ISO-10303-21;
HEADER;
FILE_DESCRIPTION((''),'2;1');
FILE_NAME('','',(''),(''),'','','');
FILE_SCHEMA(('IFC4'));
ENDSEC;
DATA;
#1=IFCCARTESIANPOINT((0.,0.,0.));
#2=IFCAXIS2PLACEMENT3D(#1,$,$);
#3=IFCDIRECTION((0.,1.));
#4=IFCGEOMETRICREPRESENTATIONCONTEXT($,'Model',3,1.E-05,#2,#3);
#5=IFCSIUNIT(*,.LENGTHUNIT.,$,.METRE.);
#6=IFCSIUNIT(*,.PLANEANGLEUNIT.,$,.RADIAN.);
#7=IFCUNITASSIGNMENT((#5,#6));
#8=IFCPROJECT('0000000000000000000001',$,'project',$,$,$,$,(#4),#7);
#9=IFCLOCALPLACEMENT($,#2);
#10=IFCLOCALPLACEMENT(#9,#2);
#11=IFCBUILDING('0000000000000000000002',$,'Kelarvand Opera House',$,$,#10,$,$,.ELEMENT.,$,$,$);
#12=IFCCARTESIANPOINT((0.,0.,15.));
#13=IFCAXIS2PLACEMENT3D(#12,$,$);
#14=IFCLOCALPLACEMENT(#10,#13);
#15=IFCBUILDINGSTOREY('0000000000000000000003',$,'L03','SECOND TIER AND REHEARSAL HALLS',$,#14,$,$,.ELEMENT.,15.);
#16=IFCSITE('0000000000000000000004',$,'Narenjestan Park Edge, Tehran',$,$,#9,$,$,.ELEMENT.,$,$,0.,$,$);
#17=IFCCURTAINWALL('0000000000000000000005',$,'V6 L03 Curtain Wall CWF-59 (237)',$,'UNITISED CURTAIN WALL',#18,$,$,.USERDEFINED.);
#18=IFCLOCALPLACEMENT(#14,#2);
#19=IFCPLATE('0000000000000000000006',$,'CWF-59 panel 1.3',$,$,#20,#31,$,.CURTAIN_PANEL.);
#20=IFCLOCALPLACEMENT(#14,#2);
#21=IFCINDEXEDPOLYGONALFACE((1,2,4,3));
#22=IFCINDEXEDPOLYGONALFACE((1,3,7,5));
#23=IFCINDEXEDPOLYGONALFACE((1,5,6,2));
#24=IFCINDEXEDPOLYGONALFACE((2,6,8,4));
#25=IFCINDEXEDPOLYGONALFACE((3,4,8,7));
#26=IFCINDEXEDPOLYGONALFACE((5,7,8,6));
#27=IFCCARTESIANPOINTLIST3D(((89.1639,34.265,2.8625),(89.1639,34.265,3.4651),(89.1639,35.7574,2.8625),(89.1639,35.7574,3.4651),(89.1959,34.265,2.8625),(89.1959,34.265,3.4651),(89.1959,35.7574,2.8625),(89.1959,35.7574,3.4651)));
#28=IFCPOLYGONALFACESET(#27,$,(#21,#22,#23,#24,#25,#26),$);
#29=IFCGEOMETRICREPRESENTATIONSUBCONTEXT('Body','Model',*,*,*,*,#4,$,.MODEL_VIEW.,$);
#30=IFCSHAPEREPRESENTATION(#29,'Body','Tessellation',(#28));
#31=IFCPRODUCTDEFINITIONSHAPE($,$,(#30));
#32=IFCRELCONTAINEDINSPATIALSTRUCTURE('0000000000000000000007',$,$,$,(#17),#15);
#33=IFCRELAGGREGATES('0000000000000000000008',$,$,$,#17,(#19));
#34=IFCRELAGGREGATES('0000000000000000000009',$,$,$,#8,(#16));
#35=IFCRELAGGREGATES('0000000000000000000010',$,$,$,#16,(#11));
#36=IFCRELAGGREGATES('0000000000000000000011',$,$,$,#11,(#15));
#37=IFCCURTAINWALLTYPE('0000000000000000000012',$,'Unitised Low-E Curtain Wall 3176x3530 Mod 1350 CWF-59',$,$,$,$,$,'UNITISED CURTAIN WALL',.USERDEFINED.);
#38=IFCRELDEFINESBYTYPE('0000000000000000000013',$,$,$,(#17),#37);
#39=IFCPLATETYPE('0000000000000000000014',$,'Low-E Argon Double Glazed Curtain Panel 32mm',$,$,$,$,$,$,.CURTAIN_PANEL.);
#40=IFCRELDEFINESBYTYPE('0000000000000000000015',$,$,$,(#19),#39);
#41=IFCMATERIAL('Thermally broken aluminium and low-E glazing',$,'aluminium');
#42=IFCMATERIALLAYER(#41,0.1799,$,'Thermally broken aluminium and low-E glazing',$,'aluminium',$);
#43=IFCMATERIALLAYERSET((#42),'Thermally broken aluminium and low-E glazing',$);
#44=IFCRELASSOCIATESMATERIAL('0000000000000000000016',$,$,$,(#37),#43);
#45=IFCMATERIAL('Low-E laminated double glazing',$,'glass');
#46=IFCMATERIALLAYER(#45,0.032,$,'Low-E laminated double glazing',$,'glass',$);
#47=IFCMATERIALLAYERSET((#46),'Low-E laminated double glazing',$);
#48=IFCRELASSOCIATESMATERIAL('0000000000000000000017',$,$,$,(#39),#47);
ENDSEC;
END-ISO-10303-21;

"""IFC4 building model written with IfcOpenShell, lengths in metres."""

from ifc_helpers import new_model, si_unit, direction, frame, origin, origin_2d, place, context, subcontext, project, spatial, rectangle, extrude, material, layer, layer_set, type_object, element, aggregate, save


model = new_model("IFC4")

# Units and contexts
model_context = context("Model", 3, precision=1e-05, world=origin(), true_north=direction((0.0, 1.0)))
body_context = subcontext(model_context, "Body", "Model", "MODEL_VIEW")
ifc_project = project(units=[si_unit("LENGTHUNIT", "METRE"), si_unit("PLANEANGLEUNIT", "RADIAN")], contexts=[model_context])

# Site, building, storey
site_placement = place(None, origin())
site = spatial("IfcSite", under=ifc_project, at=site_placement, Name="Narenjestan Park Edge, Tehran", CompositionType="ELEMENT", RefElevation=0.0)
building_placement = place(site_placement, origin())
building = spatial("IfcBuilding", under=site, at=building_placement, Name="Kelarvand Opera House", CompositionType="ELEMENT")
storey_placement = place(building_placement, frame((0.0, 0.0, 15.0)))
storey = spatial("IfcBuildingStorey", under=building, at=storey_placement, Name="L03", Description="SECOND TIER AND REHEARSAL HALLS", CompositionType="ELEMENT", Elevation=15.0)

# Shared definitions
ifc_material_1 = material(Name="Thermally broken aluminium and low-E glazing", Category="aluminium")
ifc_layer_1 = layer(ifc_material_1, 0.1799, Name="Thermally broken aluminium and low-E glazing", Category="aluminium")
ifc_layer_set_1 = layer_set([ifc_layer_1], Name="Thermally broken aluminium and low-E glazing")
curtain_wall_type = type_object("IfcCurtainWallType", Name="Unitised Low-E Curtain Wall 3176x3530 Mod 1350 CWF-59", ElementType="UNITISED CURTAIN WALL", PredefinedType="USERDEFINED", material=ifc_layer_set_1)

# Curtain wall
curtain_wall_1_placement = place(storey_placement, origin())
curtain_wall_1 = element("IfcCurtainWall", 1, at=curtain_wall_1_placement, inside=storey, type_object=curtain_wall_type, Name="V6 L03 Curtain Wall CWF-59 (237)", ObjectType="UNITISED CURTAIN WALL", PredefinedType="USERDEFINED")

# Plate
ifc_material_2 = material(Name="Low-E laminated double glazing", Category="glass")
ifc_layer_2 = layer(ifc_material_2, 0.032, Name="Low-E laminated double glazing", Category="glass")
ifc_layer_set_2 = layer_set([ifc_layer_2], Name="Low-E laminated double glazing")
plate_type = type_object("IfcPlateType", Name="Low-E Argon Double Glazed Curtain Panel 32mm", PredefinedType="CURTAIN_PANEL", material=ifc_layer_set_2)
plate_1_placement = place(storey_placement, frame((89.1799, 35.0112, 2.8625), z_axis=(0.0, 0.0, 1.0), x_axis=(0.0, 1.0, 0.0)))
plate_1 = element("IfcPlate", 2, at=plate_1_placement, type_object=plate_type, Name="CWF-59 panel 1.3", PredefinedType="CURTAIN_PANEL", context=body_context, shape_type="SweptSolid", body=[
    extrude(rectangle(XDim=1.4924, YDim=0.032, at=origin_2d()), origin(), (0.0, 0.0, 1.0), 0.6025),
])
aggregate(curtain_wall_1, [plate_1])

save(model, "model.ifc")
